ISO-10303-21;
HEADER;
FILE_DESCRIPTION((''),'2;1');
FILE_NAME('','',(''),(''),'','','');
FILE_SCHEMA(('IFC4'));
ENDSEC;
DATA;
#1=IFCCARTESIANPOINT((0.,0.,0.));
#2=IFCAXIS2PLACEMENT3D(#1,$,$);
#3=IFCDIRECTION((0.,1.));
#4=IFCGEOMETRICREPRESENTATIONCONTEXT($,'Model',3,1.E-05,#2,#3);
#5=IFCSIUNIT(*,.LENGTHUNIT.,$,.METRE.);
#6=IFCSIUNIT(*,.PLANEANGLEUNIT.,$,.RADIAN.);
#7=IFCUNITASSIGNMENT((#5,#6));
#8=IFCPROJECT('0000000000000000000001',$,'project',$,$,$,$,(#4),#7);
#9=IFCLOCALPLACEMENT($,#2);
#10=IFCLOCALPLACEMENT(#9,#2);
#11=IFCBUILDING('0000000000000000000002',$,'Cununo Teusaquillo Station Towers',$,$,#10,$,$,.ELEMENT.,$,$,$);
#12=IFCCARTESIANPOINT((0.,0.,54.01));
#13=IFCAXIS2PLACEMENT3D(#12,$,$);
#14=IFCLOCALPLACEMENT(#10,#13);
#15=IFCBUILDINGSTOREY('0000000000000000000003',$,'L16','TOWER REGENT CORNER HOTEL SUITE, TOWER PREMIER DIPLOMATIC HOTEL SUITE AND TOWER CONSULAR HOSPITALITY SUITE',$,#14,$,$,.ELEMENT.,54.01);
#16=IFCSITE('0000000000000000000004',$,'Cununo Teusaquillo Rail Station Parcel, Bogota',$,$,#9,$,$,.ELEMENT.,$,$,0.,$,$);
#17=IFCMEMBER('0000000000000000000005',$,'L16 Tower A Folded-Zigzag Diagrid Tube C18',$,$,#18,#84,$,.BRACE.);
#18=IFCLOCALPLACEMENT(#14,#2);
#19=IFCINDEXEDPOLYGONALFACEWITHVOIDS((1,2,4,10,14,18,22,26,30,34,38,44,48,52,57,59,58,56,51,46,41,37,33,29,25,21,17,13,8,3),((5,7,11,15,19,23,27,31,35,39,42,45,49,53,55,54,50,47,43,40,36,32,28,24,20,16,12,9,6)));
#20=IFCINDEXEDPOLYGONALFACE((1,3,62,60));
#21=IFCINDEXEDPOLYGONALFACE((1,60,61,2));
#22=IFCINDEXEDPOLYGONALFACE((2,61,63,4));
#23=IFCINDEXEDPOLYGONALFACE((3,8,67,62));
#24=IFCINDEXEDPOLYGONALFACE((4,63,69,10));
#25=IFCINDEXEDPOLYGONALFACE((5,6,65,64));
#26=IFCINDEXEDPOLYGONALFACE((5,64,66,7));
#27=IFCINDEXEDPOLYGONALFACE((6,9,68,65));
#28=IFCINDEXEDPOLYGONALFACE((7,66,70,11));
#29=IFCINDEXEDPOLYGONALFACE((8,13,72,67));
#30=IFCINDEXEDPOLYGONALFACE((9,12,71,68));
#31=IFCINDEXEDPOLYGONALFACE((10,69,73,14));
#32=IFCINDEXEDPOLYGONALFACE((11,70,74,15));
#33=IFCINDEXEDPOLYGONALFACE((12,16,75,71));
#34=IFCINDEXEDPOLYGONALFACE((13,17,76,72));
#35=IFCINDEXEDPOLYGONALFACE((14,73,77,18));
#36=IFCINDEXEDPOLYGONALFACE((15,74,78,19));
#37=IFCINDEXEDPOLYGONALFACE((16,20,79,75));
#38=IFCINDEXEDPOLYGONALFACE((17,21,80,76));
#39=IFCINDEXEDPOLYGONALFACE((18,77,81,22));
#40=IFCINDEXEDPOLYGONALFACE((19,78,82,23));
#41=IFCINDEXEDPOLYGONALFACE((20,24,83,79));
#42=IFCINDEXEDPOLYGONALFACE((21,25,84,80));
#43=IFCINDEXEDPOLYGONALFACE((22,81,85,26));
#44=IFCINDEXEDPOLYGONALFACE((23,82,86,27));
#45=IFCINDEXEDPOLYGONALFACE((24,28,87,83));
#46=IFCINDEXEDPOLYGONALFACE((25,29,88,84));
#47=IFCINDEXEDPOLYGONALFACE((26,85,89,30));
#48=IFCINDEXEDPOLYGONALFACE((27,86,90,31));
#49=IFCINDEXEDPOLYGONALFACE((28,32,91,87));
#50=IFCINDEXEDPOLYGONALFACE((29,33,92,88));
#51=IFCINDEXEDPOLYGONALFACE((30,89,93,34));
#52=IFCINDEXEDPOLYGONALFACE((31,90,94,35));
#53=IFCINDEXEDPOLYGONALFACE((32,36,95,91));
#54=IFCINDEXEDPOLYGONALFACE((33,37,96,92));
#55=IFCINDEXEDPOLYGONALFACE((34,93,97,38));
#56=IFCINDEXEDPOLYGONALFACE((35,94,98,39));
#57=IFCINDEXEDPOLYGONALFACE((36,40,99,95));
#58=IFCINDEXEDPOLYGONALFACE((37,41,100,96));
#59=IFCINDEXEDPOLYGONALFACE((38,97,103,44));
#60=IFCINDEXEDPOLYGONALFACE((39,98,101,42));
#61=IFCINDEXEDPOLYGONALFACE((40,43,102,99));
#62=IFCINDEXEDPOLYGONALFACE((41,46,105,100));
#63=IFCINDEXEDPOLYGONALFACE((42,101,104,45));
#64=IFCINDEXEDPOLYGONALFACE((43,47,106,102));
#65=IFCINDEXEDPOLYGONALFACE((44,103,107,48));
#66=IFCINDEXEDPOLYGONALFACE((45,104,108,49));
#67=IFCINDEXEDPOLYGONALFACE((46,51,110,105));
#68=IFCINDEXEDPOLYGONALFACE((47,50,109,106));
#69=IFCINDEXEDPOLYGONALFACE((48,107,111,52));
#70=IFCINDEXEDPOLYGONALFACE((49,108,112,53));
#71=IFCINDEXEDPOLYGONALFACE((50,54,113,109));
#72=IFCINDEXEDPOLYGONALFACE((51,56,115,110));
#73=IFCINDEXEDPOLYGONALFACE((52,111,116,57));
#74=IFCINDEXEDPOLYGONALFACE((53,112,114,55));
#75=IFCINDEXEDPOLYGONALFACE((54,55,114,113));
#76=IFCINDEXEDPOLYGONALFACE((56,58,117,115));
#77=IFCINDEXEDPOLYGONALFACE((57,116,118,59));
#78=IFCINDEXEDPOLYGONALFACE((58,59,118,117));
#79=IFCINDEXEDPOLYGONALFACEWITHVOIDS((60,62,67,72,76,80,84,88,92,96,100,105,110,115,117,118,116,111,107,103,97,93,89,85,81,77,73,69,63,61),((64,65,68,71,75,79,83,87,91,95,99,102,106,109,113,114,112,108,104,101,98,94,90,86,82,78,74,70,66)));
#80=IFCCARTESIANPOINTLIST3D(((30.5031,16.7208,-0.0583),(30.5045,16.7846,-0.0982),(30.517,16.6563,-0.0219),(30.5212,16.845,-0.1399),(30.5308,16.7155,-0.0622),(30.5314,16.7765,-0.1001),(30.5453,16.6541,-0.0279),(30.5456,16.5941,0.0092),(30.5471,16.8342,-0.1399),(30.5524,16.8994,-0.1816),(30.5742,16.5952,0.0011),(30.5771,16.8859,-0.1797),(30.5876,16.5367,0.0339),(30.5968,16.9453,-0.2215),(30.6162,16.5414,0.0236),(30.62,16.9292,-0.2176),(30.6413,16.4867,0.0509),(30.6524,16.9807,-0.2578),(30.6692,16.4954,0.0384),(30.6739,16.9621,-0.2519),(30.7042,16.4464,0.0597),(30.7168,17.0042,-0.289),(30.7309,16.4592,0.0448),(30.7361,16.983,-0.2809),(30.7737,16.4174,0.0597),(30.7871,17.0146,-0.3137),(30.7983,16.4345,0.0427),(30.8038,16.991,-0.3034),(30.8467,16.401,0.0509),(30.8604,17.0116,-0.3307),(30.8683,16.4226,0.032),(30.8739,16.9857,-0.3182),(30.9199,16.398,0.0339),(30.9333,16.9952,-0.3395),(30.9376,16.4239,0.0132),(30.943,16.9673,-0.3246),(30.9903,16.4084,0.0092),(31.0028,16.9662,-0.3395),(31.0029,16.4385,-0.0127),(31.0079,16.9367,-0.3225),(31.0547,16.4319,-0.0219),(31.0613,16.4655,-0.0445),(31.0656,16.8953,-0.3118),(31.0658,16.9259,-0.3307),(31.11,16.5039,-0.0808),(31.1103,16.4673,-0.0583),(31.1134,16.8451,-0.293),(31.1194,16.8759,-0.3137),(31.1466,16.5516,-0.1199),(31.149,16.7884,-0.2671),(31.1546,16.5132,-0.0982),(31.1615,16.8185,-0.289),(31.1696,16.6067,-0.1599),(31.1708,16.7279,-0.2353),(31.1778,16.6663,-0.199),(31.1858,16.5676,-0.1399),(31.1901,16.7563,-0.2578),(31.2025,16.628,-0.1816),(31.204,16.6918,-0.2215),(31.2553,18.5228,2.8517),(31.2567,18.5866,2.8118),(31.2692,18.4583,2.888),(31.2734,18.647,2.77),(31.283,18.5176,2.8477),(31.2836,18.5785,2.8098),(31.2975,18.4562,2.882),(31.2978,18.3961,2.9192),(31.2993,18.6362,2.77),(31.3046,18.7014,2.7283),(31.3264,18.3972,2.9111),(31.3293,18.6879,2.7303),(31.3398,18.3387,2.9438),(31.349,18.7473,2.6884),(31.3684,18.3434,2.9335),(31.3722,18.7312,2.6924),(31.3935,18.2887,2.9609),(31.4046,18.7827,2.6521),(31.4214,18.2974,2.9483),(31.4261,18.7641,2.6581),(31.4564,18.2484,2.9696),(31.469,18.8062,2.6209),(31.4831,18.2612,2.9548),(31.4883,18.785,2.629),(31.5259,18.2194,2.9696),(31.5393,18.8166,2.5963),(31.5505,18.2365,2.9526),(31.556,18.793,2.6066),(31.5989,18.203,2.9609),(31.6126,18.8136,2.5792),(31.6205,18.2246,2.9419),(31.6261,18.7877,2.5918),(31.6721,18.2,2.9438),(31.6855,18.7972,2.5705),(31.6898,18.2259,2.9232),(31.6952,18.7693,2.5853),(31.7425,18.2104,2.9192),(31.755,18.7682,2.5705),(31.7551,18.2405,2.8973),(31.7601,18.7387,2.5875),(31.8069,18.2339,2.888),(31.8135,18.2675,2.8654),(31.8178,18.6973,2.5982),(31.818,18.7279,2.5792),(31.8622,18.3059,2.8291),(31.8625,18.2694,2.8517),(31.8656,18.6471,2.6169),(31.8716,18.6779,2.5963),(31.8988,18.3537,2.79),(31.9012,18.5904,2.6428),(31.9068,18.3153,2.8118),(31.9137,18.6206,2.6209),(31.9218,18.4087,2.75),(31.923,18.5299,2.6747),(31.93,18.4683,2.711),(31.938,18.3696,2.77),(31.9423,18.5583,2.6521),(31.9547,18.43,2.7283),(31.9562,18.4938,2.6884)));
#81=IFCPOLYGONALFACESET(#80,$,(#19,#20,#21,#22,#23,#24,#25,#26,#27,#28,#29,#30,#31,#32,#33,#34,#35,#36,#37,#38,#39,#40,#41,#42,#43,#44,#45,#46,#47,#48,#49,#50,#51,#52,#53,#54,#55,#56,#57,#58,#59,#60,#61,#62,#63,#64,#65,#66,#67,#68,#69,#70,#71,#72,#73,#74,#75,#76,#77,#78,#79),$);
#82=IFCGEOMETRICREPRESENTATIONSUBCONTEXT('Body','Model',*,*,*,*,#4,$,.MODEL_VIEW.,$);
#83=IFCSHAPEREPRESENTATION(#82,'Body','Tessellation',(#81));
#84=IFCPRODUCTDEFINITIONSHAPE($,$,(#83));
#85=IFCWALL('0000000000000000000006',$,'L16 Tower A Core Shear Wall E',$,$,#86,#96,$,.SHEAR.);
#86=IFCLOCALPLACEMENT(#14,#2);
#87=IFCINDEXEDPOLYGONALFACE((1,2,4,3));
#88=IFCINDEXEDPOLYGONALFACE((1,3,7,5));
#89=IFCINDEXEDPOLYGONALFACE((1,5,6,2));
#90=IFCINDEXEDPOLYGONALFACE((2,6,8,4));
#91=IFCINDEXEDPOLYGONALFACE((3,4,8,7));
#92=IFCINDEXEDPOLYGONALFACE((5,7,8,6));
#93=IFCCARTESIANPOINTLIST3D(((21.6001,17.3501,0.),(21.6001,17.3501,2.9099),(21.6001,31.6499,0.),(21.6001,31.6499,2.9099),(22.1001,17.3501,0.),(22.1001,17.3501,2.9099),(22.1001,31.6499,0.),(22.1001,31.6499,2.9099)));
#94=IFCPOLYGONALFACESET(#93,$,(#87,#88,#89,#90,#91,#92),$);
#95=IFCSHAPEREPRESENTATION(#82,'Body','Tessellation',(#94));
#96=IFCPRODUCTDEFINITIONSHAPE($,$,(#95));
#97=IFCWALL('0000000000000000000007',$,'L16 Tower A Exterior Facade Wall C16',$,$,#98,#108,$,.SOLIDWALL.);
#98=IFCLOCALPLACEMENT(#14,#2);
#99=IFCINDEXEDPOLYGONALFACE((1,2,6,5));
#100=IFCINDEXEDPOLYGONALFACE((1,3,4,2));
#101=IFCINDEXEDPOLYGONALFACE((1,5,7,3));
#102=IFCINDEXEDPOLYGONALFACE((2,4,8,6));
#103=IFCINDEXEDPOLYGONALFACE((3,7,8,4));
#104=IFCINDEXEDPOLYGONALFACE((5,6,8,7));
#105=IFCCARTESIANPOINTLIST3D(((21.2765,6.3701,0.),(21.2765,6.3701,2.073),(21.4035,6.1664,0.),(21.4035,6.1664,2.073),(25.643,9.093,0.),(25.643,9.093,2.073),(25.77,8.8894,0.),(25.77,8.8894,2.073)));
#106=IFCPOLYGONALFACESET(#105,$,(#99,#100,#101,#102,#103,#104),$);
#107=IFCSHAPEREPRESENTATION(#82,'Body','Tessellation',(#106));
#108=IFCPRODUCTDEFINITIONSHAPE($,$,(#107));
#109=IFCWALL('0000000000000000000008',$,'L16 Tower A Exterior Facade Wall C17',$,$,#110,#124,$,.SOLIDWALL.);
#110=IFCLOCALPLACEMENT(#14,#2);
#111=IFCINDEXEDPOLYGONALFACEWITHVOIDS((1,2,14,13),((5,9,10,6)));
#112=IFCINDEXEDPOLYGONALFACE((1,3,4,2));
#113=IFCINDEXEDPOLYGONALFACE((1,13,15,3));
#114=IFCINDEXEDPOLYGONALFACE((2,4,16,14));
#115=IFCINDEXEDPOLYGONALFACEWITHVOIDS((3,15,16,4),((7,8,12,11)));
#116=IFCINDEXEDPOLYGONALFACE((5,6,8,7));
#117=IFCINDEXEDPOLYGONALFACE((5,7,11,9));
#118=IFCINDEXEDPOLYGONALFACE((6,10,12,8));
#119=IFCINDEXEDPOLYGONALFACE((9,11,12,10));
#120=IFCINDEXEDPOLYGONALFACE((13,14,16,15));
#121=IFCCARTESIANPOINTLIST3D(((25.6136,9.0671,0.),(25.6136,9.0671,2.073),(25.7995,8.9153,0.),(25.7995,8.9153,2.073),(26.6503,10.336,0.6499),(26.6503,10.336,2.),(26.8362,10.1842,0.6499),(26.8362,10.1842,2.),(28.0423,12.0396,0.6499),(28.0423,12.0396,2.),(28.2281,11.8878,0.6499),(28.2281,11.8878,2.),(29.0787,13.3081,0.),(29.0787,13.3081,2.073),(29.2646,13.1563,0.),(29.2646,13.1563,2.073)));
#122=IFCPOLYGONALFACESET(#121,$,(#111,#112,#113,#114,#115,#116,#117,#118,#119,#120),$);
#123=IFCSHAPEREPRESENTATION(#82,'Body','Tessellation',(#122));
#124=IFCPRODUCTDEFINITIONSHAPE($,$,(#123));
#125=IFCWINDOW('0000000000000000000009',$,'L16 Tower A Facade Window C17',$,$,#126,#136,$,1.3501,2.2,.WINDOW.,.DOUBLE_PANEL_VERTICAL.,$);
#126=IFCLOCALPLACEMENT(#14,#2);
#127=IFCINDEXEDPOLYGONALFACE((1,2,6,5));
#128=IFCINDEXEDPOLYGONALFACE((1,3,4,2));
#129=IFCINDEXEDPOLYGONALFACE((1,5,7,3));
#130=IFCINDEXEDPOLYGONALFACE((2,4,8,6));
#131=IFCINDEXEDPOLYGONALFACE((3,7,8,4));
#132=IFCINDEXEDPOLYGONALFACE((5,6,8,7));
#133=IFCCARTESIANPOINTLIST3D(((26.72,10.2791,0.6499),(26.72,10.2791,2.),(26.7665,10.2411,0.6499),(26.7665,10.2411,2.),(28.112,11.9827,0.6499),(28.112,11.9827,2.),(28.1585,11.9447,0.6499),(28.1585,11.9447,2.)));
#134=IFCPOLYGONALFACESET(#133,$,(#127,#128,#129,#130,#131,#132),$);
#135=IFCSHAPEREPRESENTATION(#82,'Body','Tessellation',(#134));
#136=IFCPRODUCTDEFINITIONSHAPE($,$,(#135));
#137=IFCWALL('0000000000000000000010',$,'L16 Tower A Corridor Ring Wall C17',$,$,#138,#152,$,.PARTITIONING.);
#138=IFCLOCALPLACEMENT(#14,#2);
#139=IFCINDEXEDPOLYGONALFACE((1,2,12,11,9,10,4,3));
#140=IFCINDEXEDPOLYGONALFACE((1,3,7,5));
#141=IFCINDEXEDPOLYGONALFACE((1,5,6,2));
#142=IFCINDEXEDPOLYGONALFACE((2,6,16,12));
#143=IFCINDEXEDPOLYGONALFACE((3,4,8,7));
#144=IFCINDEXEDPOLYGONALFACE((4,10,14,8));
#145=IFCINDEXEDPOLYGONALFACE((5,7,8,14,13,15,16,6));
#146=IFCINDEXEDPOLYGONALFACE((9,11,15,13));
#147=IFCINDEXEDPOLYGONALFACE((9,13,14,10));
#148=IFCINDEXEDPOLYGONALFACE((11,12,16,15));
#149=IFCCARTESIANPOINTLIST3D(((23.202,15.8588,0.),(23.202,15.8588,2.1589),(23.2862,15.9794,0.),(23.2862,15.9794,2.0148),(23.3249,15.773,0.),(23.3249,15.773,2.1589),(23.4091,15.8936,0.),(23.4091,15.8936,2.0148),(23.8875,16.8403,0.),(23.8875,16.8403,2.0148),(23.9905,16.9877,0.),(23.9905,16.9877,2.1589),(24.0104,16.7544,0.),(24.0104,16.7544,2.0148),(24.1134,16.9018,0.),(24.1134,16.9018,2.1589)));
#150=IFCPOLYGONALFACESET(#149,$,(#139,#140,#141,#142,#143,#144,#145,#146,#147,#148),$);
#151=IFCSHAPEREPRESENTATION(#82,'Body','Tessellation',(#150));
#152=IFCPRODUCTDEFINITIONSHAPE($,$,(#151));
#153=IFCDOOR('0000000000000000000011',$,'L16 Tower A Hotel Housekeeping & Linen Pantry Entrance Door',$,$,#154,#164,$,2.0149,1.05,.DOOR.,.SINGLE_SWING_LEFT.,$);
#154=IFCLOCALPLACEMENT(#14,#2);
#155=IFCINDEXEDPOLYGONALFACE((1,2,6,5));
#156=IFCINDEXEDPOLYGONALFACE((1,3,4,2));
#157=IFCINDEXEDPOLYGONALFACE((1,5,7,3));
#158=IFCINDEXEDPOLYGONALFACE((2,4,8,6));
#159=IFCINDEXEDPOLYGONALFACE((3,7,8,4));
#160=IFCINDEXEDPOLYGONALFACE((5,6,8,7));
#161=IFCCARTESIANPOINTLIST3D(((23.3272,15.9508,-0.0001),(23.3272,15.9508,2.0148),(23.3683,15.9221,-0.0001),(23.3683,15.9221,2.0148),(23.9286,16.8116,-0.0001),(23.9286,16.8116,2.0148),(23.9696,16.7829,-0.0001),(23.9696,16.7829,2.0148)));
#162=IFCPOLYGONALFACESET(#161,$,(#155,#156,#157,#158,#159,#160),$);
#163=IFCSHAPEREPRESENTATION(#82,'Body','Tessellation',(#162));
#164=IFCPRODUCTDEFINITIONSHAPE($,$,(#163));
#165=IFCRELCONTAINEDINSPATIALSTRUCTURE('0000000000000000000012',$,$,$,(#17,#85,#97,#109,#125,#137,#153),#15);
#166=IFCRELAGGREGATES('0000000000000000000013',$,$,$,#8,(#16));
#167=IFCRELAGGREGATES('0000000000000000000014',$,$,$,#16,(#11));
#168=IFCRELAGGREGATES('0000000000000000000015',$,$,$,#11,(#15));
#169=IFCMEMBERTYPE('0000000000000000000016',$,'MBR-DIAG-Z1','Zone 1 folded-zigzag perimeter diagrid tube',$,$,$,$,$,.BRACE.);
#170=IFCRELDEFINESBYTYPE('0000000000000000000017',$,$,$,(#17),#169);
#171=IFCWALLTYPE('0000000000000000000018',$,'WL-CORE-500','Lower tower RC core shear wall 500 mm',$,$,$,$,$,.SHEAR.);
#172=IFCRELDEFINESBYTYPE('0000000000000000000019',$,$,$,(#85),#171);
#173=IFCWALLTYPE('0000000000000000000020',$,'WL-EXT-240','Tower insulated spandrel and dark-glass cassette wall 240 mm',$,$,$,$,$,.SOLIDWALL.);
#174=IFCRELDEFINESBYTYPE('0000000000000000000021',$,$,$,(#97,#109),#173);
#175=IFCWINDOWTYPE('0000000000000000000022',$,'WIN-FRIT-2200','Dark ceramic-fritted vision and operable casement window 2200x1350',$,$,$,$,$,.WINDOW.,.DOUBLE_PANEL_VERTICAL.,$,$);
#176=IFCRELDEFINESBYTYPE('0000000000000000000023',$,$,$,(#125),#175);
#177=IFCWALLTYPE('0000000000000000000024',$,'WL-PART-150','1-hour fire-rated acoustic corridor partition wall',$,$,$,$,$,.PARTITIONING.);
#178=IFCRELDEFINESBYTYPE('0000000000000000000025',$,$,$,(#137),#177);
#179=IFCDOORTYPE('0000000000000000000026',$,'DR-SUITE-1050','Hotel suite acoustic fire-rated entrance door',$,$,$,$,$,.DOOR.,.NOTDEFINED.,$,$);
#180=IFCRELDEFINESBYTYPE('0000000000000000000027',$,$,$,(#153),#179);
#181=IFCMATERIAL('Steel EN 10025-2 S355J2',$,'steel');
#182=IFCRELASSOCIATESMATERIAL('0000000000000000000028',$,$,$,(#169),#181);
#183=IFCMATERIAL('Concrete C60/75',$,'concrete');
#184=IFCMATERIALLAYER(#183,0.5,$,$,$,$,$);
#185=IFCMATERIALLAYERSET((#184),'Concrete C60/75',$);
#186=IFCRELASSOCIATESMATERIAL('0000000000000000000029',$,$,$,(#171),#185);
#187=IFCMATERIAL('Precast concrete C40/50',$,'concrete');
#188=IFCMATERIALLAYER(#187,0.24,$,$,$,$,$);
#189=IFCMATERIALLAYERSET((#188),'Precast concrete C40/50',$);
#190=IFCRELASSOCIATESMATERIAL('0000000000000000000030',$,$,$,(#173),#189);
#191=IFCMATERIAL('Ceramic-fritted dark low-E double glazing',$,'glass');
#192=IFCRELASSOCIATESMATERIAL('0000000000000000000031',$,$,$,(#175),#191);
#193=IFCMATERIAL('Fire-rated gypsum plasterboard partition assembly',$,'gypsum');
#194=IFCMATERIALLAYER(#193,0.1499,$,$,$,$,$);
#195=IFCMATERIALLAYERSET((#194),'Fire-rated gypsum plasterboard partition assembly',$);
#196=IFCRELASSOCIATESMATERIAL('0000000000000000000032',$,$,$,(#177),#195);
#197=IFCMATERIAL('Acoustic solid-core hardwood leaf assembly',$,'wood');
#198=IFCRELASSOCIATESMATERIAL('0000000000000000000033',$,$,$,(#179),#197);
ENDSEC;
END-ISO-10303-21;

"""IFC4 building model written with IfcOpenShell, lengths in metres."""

from ifc_helpers import new_model, si_unit, direction, frame, frame_2d, origin, origin_2d, place, context, subcontext, project, spatial, rectangle, hollow_circle, extrude, source, transform, mapped, material, layer, layer_set, material_profile, profile_set, type_object, element, fill, save


model = new_model("IFC4")

# Units and contexts
model_context = context("Model", 3, precision=1e-05, world=origin(), true_north=direction((0.0, 1.0)))
body_context = subcontext(model_context, "Body", "Model", "MODEL_VIEW")
ifc_project = project(units=[si_unit("LENGTHUNIT", "METRE"), si_unit("PLANEANGLEUNIT", "RADIAN")], contexts=[model_context])

# Site, building, storey
site_placement = place(None, origin())
site = spatial("IfcSite", under=ifc_project, at=site_placement, Name="Cununo Teusaquillo Rail Station Parcel, Bogota", CompositionType="ELEMENT", RefElevation=0.0)
building_placement = place(site_placement, origin())
building = spatial("IfcBuilding", under=site, at=building_placement, Name="Cununo Teusaquillo Station Towers", CompositionType="ELEMENT")
storey_placement = place(building_placement, frame((0.0, 0.0, 54.01)))
storey = spatial("IfcBuildingStorey", under=building, at=storey_placement, Name="L16", Description="TOWER REGENT CORNER HOTEL SUITE, TOWER PREMIER DIPLOMATIC HOTEL SUITE AND TOWER CONSULAR HOSPITALITY SUITE", CompositionType="ELEMENT", Elevation=54.01)

# Member
ifc_material_1 = material(Name="Steel EN 10025-2 S355J2", Category="steel")
ifc_material_profile_1 = material_profile(ifc_material_1, hollow_circle(Radius=0.3601, WallThickness=0.0281, at=origin_2d()), Name="CHS 720x28")
ifc_profile_set_1 = profile_set([ifc_material_profile_1], Name="Steel EN 10025-2 S355J2")
member_type = type_object("IfcMemberType", Name="MBR-DIAG-Z1", Description="Zone 1 folded-zigzag perimeter diagrid tube", PredefinedType="BRACE", material=ifc_profile_set_1)
member_1_placement = place(storey_placement, frame((30.8535, 16.7063, -0.1399), z_axis=(0.214646, 0.514216, 0.830367), x_axis=(-0.922829, 0.38521, 0.0)))
element("IfcMember", 1, at=member_1_placement, inside=storey, type_object=member_type, Name="L16 Tower A Folded-Zigzag Diagrid Tube C18", PredefinedType="BRACE", context=body_context, shape_type="SweptSolid", body=[
    extrude(hollow_circle(Radius=0.3601, WallThickness=0.0281, at=origin_2d()), origin(), (0.0, 0.0, 1.0), 3.5044),
])

# Walls
ifc_material_2 = material(Name="Concrete C60/75", Category="concrete")
ifc_layer_1 = layer(ifc_material_2, 0.5)
ifc_layer_set_1 = layer_set([ifc_layer_1], Name="Concrete C60/75")
wall_type_1 = type_object("IfcWallType", Name="WL-CORE-500", Description="Lower tower RC core shear wall 500 mm", PredefinedType="SHEAR", material=ifc_layer_set_1)
wall_1_placement = place(storey_placement, frame((21.8501, 17.3501, 0.0), z_axis=(0.0, 0.0, 1.0), x_axis=(0.0, 1.0, 0.0)))
element("IfcWall", 2, at=wall_1_placement, inside=storey, type_object=wall_type_1, Name="L16 Tower A Core Shear Wall E", PredefinedType="SHEAR", context=body_context, shape_type="SweptSolid", body=[
    extrude(rectangle(XDim=14.2998, YDim=0.5, at=frame_2d((7.1499, 0.0))), origin(), (0.0, 0.0, 1.0), 2.9099),
])
ifc_material_3 = material(Name="Precast concrete C40/50", Category="concrete")
ifc_layer_2 = layer(ifc_material_3, 0.24)
ifc_layer_set_2 = layer_set([ifc_layer_2], Name="Precast concrete C40/50")
wall_type_2 = type_object("IfcWallType", Name="WL-EXT-240", Description="Tower insulated spandrel and dark-glass cassette wall 240 mm", PredefinedType="SOLIDWALL", material=ifc_layer_set_2)
wall_2_placement = place(storey_placement, frame((25.7065, 8.9912, 0.0), z_axis=(0.0, 0.0, 1.0), x_axis=(-0.848534, -0.529141, 0.0)))
element("IfcWall", 3, at=wall_2_placement, inside=storey, type_object=wall_type_2, Name="L16 Tower A Exterior Facade Wall C16", PredefinedType="SOLIDWALL", context=body_context, shape_type="SweptSolid", body=[
    extrude(rectangle(XDim=5.146, YDim=0.24, at=frame_2d((2.573, 0.0))), origin(), (0.0, 0.0, 1.0), 2.073),
])

# Wall, opening, window
wall_3_placement = place(storey_placement, frame((29.1716, 13.2322, 0.0), z_axis=(0.0, 0.0, 1.0), x_axis=(-0.632713, -0.774386, 0.0)))
wall_3 = element("IfcWall", 4, at=wall_3_placement, inside=storey, type_object=wall_type_2, Name="L16 Tower A Exterior Facade Wall C17", PredefinedType="SOLIDWALL", context=body_context, shape_type="SweptSolid", body=[
    extrude(rectangle(XDim=5.4766, YDim=0.24, at=frame_2d((2.7383, 0.0))), origin(), (0.0, 0.0, 1.0), 2.073),
])
shared_shape_1 = source(origin(), body_context, "Body", "SweptSolid", [
    extrude(rectangle(XDim=2.2, YDim=1.3501, at=frame_2d((1.1001, 0.675))), frame((0.0, 0.1299, 0.0), z_axis=(0.0, -1.0, 0.0), x_axis=(1.0, 0.0, 0.0)), (0.0, 0.0, 1.0), 0.26),
])
opening_1_placement = place(wall_3_placement, frame((1.6379, 0.0, 0.6499)))
opening_1 = element("IfcOpeningElement", 5, at=opening_1_placement, cuts=wall_3, PredefinedType="OPENING", context=body_context, shape_type="MappedRepresentation", body=[
    mapped(shared_shape_1, transform((0.0, 0.0, 0.0), x_axis=(1.0, 0.0, 0.0), y_axis=(0.0, 1.0, 0.0), z_axis=(0.0, 0.0, 1.0), scale=1.0)),
])
ifc_material_4 = material(Name="Ceramic-fritted dark low-E double glazing", Category="glass")
window_type = type_object("IfcWindowType", Name="WIN-FRIT-2200", Description="Dark ceramic-fritted vision and operable casement window 2200x1350", PartitioningType="DOUBLE_PANEL_VERTICAL", PredefinedType="WINDOW", material=ifc_material_4)
shared_shape_2 = source(origin(), body_context, "Body", "SweptSolid", [
    extrude(rectangle(XDim=2.2, YDim=1.3501, at=frame_2d((1.1001, 0.675))), frame((0.0, 0.03, 0.0), z_axis=(0.0, -1.0, 0.0), x_axis=(1.0, 0.0, 0.0)), (0.0, 0.0, 1.0), 0.0601),
])
window_placement = place(opening_1_placement, origin())
window = element("IfcWindow", 6, at=window_placement, inside=storey, type_object=window_type, Name="L16 Tower A Facade Window C17", OverallHeight=1.3501, OverallWidth=2.2, PartitioningType="DOUBLE_PANEL_VERTICAL", PredefinedType="WINDOW", context=body_context, shape_type="MappedRepresentation", body=[
    mapped(shared_shape_2, transform((0.0, 0.0, 0.0), x_axis=(1.0, 0.0, 0.0), y_axis=(0.0, 1.0, 0.0), z_axis=(0.0, 0.0, 1.0), scale=1.0)),
])
fill(opening_1, window)

# Wall, opening, door
ifc_material_5 = material(Name="Fire-rated gypsum plasterboard partition assembly", Category="gypsum")
ifc_layer_3 = layer(ifc_material_5, 0.1499)
ifc_layer_set_3 = layer_set([ifc_layer_3], Name="Fire-rated gypsum plasterboard partition assembly")
wall_type_3 = type_object("IfcWallType", Name="WL-PART-150", Description="1-hour fire-rated acoustic corridor partition wall", PredefinedType="PARTITIONING", material=ifc_layer_set_3)
wall_4_placement = place(storey_placement, frame((23.2634, 15.8159, 0.0), z_axis=(0.0, 0.0, 1.0), x_axis=(0.572653, 0.819798, 0.0)))
wall_4 = element("IfcWall", 7, at=wall_4_placement, inside=storey, type_object=wall_type_3, Name="L16 Tower A Corridor Ring Wall C17", PredefinedType="PARTITIONING", context=body_context, shape_type="SweptSolid", body=[
    extrude(rectangle(XDim=1.377, YDim=0.1499, at=frame_2d((0.6885, 0.0))), origin(), (0.0, 0.0, 1.0), 2.1589),
])
shared_shape_3 = source(origin(), body_context, "Body", "SweptSolid", [
    extrude(rectangle(XDim=1.05, YDim=2.0149, at=frame_2d((0.5249, 1.0073))), frame((0.0, 0.085, 0.0), z_axis=(0.0, -1.0, 0.0), x_axis=(1.0, 0.0, 0.0)), (0.0, 0.0, 1.0), 0.1699),
])
opening_2_placement = place(wall_4_placement, frame((0.1472, 0.0, 0.0)))
opening_2 = element("IfcOpeningElement", 8, at=opening_2_placement, cuts=wall_4, PredefinedType="OPENING", context=body_context, shape_type="MappedRepresentation", body=[
    mapped(shared_shape_3, transform((0.0, 0.0, 0.0), x_axis=(1.0, 0.0, 0.0), y_axis=(0.0, 1.0, 0.0), z_axis=(0.0, 0.0, 1.0), scale=1.0)),
])
ifc_material_6 = material(Name="Acoustic solid-core hardwood leaf assembly", Category="wood")
door_type = type_object("IfcDoorType", Name="DR-SUITE-1050", Description="Hotel suite acoustic fire-rated entrance door", OperationType="NOTDEFINED", PredefinedType="DOOR", material=ifc_material_6)
shared_shape_4 = source(origin(), body_context, "Body", "SweptSolid", [
    extrude(rectangle(XDim=1.05, YDim=2.0149, at=frame_2d((0.5249, 1.0073))), frame((0.0, 0.0249, 0.0), z_axis=(0.0, -1.0, 0.0), x_axis=(1.0, 0.0, 0.0)), (0.0, 0.0, 1.0), 0.05),
])
door_placement = place(opening_2_placement, origin())
door = element("IfcDoor", 9, at=door_placement, inside=storey, type_object=door_type, Name="L16 Tower A Hotel Housekeeping & Linen Pantry Entrance Door", OperationType="SINGLE_SWING_LEFT", OverallHeight=2.0149, OverallWidth=1.05, PredefinedType="DOOR", context=body_context, shape_type="MappedRepresentation", body=[
    mapped(shared_shape_4, transform((0.0, 0.0, 0.0), x_axis=(1.0, 0.0, 0.0), y_axis=(0.0, 1.0, 0.0), z_axis=(0.0, 0.0, 1.0), scale=1.0)),
])
fill(opening_2, door)

save(model, "model.ifc")
